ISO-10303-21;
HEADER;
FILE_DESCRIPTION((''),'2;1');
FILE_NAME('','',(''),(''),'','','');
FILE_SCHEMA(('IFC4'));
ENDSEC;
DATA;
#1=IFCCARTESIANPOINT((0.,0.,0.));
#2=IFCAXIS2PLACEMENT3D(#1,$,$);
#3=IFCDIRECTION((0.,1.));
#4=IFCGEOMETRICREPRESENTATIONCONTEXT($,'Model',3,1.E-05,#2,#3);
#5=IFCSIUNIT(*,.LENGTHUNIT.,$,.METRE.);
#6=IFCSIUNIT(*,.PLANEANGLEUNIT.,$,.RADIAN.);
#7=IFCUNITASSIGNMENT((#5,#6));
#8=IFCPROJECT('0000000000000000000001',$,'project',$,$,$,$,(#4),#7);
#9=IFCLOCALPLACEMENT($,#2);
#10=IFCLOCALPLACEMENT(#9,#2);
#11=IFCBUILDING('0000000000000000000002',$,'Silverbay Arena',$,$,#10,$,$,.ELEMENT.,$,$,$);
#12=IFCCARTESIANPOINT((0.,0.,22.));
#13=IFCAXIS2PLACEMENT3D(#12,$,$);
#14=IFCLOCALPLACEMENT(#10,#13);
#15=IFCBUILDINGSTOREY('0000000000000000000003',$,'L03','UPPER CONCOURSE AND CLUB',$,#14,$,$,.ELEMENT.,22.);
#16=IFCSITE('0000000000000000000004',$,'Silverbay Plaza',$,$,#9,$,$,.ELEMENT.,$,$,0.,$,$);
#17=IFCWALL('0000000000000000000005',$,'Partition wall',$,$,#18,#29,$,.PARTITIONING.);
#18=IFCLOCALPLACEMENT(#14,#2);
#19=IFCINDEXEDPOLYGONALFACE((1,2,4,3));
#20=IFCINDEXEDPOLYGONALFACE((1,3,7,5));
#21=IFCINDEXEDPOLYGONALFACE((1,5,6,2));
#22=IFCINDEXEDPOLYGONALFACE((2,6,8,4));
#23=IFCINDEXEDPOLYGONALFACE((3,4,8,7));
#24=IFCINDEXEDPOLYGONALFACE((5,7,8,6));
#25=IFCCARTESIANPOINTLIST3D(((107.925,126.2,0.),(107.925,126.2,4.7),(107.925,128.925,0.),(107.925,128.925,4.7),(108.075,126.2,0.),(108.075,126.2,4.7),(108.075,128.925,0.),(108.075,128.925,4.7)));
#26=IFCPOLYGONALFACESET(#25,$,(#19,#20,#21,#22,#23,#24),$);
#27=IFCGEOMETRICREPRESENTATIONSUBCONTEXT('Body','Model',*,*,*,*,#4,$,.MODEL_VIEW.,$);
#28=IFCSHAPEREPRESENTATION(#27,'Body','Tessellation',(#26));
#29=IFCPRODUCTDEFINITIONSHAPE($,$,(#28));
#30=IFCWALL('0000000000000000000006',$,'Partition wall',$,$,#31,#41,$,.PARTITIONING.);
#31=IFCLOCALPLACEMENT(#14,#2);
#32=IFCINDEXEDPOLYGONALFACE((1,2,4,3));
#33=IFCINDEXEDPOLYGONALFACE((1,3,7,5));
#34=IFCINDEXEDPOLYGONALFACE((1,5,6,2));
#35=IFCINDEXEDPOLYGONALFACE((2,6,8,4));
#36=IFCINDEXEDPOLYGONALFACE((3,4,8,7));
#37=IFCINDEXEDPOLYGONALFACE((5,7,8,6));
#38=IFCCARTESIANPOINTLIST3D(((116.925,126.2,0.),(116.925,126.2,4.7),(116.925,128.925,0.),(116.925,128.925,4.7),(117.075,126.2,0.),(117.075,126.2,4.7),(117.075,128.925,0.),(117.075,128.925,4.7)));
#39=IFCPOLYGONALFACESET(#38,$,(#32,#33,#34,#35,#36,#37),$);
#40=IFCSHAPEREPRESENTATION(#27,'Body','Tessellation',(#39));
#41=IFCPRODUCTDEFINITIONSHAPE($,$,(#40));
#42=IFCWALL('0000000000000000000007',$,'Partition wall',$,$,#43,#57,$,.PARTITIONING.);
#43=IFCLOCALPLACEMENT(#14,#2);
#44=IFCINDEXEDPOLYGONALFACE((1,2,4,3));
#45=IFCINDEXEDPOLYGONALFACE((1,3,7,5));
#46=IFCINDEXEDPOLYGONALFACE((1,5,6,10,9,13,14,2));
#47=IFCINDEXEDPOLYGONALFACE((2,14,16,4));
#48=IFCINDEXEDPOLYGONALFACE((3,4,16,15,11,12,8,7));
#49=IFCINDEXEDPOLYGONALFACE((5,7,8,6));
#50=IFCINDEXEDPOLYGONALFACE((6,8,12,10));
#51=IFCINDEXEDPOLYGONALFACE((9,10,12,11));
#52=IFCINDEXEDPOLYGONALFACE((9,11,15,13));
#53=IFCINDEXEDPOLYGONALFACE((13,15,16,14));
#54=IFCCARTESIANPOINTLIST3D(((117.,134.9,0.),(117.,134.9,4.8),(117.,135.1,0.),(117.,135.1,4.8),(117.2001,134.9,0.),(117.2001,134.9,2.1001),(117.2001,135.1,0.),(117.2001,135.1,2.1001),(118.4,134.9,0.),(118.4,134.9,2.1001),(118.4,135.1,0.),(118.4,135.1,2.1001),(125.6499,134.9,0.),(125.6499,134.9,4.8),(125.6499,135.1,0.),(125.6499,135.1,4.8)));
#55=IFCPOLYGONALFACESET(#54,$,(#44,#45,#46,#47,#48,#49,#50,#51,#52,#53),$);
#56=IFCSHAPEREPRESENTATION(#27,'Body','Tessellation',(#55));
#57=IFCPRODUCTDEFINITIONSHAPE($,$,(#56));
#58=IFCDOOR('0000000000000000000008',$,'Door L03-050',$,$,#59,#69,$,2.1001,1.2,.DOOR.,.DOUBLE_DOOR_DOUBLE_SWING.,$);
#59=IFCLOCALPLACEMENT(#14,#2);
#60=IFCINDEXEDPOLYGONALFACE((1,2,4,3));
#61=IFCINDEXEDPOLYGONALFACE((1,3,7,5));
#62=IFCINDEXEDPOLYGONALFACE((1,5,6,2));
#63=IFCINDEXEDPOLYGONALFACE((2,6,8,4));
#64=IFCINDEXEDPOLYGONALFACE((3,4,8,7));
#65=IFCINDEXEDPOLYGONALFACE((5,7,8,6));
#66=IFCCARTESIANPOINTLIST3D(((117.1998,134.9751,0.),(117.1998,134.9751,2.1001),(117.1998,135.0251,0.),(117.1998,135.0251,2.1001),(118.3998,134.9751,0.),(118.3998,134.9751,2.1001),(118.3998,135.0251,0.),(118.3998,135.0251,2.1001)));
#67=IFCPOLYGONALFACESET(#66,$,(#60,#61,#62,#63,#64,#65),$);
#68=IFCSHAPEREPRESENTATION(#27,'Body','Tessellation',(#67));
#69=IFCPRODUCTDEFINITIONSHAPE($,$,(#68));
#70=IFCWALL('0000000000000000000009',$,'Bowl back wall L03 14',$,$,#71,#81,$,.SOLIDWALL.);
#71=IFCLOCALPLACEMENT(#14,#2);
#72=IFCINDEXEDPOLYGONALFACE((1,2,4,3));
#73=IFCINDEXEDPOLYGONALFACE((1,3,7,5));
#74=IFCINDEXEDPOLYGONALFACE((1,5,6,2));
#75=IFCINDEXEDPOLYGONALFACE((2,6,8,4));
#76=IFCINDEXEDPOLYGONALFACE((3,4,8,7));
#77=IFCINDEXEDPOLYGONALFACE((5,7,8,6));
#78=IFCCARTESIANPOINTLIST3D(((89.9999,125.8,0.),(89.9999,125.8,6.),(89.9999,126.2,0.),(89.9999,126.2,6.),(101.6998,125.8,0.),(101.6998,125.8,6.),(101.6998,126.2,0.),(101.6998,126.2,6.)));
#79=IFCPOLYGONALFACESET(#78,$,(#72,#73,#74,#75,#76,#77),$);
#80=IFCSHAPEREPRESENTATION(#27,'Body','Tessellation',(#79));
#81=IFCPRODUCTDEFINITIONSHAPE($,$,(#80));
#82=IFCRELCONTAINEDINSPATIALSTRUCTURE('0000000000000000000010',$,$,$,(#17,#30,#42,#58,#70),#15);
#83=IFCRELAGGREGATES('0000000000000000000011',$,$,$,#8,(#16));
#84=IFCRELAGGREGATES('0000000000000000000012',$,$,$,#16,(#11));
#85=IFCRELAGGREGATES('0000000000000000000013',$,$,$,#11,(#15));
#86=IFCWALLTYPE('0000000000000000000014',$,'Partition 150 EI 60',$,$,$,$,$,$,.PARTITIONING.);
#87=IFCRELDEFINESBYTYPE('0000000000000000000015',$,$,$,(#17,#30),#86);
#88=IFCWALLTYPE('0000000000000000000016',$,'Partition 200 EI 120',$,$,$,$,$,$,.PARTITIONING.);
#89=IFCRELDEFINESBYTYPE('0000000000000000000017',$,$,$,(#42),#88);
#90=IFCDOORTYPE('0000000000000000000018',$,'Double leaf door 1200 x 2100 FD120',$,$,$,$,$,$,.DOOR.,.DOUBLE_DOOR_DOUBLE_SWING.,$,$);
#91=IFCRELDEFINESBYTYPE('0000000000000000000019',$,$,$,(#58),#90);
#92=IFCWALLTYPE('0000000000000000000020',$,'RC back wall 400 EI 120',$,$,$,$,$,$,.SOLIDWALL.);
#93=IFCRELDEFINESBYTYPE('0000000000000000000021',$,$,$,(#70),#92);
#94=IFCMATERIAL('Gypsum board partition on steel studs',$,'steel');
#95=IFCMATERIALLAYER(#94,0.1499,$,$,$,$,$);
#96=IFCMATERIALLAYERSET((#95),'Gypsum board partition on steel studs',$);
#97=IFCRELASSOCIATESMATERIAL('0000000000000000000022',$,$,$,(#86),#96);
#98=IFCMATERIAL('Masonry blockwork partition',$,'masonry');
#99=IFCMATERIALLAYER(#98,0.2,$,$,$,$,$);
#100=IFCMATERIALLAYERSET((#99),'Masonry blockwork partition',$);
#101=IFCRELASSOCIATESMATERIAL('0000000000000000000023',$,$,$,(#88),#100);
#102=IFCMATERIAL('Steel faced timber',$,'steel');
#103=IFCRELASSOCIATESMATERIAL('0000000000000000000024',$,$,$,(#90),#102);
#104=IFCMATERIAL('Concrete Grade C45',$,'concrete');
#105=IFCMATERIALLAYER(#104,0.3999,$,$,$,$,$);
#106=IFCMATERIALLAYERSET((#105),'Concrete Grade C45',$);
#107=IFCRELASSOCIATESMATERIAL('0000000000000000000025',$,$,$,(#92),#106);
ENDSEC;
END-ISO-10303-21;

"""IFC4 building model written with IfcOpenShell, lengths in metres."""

from ifc_helpers import new_model, si_unit, direction, frame, frame_2d, origin, place, context, subcontext, project, spatial, rectangle, extrude, material, layer, layer_set, type_object, element, fill, save


model = new_model("IFC4")

# Units and contexts
model_context = context("Model", 3, precision=1e-05, world=origin(), true_north=direction((0.0, 1.0)))
body_context = subcontext(model_context, "Body", "Model", "MODEL_VIEW")
ifc_project = project(units=[si_unit("LENGTHUNIT", "METRE"), si_unit("PLANEANGLEUNIT", "RADIAN")], contexts=[model_context])

# Site, building, storey
site_placement = place(None, origin())
site = spatial("IfcSite", under=ifc_project, at=site_placement, Name="Silverbay Plaza", CompositionType="ELEMENT", RefElevation=0.0)
building_placement = place(site_placement, origin())
building = spatial("IfcBuilding", under=site, at=building_placement, Name="Silverbay Arena", CompositionType="ELEMENT")
storey_placement = place(building_placement, frame((0.0, 0.0, 22.0)))
storey = spatial("IfcBuildingStorey", under=building, at=storey_placement, Name="L03", Description="UPPER CONCOURSE AND CLUB", CompositionType="ELEMENT", Elevation=22.0)

# Shared definitions
ifc_material_1 = material(Name="Gypsum board partition on steel studs", Category="steel")
ifc_layer_1 = layer(ifc_material_1, 0.1499)
ifc_layer_set_1 = layer_set([ifc_layer_1], Name="Gypsum board partition on steel studs")
wall_type_1 = type_object("IfcWallType", Name="Partition 150 EI 60", PredefinedType="PARTITIONING", material=ifc_layer_set_1)

# Walls
for number, where, z_axis, x_axis, name in (
    (1, (108.0, 126.2, 0.0), (0.0, 0.0, 1.0), (0.0, 1.0, 0.0), "Partition wall"),
    (2, (117.0, 126.2, 0.0), (0.0, 0.0, 1.0), (0.0, 1.0, 0.0), "Partition wall"),
):
    element("IfcWall", number, at=place(storey_placement, frame(where, z_axis=z_axis, x_axis=x_axis)), inside=storey, type_object=wall_type_1, Name=name, PredefinedType="PARTITIONING", context=body_context, shape_type="SweptSolid", body=[
        extrude(rectangle(XDim=2.7251, YDim=0.1499, at=frame_2d((1.3625, 0.0))), origin(), (0.0, 0.0, 1.0), 4.7),
    ])

# Wall, opening, door
ifc_material_2 = material(Name="Masonry blockwork partition", Category="masonry")
ifc_layer_2 = layer(ifc_material_2, 0.2)
ifc_layer_set_2 = layer_set([ifc_layer_2], Name="Masonry blockwork partition")
wall_type_2 = type_object("IfcWallType", Name="Partition 200 EI 120", PredefinedType="PARTITIONING", material=ifc_layer_set_2)
wall_1_placement = place(storey_placement, frame((117.0, 135.0, 0.0), z_axis=(0.0, 0.0, 1.0), x_axis=(1.0, 0.0, 0.0)))
wall_1 = element("IfcWall", 3, at=wall_1_placement, inside=storey, type_object=wall_type_2, Name="Partition wall", PredefinedType="PARTITIONING", context=body_context, shape_type="SweptSolid", body=[
    extrude(rectangle(XDim=8.6499, YDim=0.2, at=frame_2d((4.325, 0.0))), origin(), (0.0, 0.0, 1.0), 4.8),
])
opening_1_placement = place(wall_1_placement, frame((0.2, 0.0, 0.0)))
opening_1 = element("IfcOpeningElement", 4, at=opening_1_placement, cuts=wall_1, PredefinedType="OPENING", context=body_context, shape_type="SweptSolid", body=[
    extrude(rectangle(XDim=1.2, YDim=2.1001, at=frame_2d((0.6001, 1.05))), frame((0.0, 0.1099, 0.0), z_axis=(0.0, -1.0, 0.0), x_axis=(1.0, 0.0, 0.0)), (0.0, 0.0, 1.0), 0.22),
])
ifc_material_3 = material(Name="Steel faced timber", Category="steel")
door_type_1 = type_object("IfcDoorType", Name="Double leaf door 1200 x 2100 FD120", OperationType="DOUBLE_DOOR_DOUBLE_SWING", PredefinedType="DOOR", material=ifc_material_3)
door_1_placement = place(opening_1_placement, frame((1.2, 0.0, 0.0), z_axis=(0.0, 0.0, 1.0), x_axis=(-1.0, 0.0, 0.0)))
door_1 = element("IfcDoor", 5, at=door_1_placement, inside=storey, type_object=door_type_1, Name="Door L03-050", OperationType="DOUBLE_DOOR_DOUBLE_SWING", OverallHeight=2.1001, OverallWidth=1.2, PredefinedType="DOOR", context=body_context, shape_type="SweptSolid", body=[
    extrude(rectangle(XDim=1.2, YDim=2.1001, at=frame_2d((0.6001, 1.05))), frame((0.0, 0.0249, 0.0), z_axis=(0.0, -1.0, 0.0), x_axis=(1.0, 0.0, 0.0)), (0.0, 0.0, 1.0), 0.05),
])
fill(opening_1, door_1)

# Wall
ifc_material_4 = material(Name="Concrete Grade C45", Category="concrete")
ifc_layer_3 = layer(ifc_material_4, 0.3999)
ifc_layer_set_3 = layer_set([ifc_layer_3], Name="Concrete Grade C45")
wall_type_3 = type_object("IfcWallType", Name="RC back wall 400 EI 120", PredefinedType="SOLIDWALL", material=ifc_layer_set_3)
wall_2_placement = place(storey_placement, frame((101.7, 126.0, 0.0), z_axis=(0.0, 0.0, 1.0), x_axis=(-1.0, 0.0, 0.0)))
element("IfcWall", 6, at=wall_2_placement, inside=storey, type_object=wall_type_3, Name="Bowl back wall L03 14", PredefinedType="SOLIDWALL", context=body_context, shape_type="SweptSolid", body=[
    extrude(rectangle(XDim=11.7, YDim=0.3999, at=frame_2d((5.8501, 0.0))), origin(), (0.0, 0.0, 1.0), 6.0),
])

save(model, "model.ifc")
